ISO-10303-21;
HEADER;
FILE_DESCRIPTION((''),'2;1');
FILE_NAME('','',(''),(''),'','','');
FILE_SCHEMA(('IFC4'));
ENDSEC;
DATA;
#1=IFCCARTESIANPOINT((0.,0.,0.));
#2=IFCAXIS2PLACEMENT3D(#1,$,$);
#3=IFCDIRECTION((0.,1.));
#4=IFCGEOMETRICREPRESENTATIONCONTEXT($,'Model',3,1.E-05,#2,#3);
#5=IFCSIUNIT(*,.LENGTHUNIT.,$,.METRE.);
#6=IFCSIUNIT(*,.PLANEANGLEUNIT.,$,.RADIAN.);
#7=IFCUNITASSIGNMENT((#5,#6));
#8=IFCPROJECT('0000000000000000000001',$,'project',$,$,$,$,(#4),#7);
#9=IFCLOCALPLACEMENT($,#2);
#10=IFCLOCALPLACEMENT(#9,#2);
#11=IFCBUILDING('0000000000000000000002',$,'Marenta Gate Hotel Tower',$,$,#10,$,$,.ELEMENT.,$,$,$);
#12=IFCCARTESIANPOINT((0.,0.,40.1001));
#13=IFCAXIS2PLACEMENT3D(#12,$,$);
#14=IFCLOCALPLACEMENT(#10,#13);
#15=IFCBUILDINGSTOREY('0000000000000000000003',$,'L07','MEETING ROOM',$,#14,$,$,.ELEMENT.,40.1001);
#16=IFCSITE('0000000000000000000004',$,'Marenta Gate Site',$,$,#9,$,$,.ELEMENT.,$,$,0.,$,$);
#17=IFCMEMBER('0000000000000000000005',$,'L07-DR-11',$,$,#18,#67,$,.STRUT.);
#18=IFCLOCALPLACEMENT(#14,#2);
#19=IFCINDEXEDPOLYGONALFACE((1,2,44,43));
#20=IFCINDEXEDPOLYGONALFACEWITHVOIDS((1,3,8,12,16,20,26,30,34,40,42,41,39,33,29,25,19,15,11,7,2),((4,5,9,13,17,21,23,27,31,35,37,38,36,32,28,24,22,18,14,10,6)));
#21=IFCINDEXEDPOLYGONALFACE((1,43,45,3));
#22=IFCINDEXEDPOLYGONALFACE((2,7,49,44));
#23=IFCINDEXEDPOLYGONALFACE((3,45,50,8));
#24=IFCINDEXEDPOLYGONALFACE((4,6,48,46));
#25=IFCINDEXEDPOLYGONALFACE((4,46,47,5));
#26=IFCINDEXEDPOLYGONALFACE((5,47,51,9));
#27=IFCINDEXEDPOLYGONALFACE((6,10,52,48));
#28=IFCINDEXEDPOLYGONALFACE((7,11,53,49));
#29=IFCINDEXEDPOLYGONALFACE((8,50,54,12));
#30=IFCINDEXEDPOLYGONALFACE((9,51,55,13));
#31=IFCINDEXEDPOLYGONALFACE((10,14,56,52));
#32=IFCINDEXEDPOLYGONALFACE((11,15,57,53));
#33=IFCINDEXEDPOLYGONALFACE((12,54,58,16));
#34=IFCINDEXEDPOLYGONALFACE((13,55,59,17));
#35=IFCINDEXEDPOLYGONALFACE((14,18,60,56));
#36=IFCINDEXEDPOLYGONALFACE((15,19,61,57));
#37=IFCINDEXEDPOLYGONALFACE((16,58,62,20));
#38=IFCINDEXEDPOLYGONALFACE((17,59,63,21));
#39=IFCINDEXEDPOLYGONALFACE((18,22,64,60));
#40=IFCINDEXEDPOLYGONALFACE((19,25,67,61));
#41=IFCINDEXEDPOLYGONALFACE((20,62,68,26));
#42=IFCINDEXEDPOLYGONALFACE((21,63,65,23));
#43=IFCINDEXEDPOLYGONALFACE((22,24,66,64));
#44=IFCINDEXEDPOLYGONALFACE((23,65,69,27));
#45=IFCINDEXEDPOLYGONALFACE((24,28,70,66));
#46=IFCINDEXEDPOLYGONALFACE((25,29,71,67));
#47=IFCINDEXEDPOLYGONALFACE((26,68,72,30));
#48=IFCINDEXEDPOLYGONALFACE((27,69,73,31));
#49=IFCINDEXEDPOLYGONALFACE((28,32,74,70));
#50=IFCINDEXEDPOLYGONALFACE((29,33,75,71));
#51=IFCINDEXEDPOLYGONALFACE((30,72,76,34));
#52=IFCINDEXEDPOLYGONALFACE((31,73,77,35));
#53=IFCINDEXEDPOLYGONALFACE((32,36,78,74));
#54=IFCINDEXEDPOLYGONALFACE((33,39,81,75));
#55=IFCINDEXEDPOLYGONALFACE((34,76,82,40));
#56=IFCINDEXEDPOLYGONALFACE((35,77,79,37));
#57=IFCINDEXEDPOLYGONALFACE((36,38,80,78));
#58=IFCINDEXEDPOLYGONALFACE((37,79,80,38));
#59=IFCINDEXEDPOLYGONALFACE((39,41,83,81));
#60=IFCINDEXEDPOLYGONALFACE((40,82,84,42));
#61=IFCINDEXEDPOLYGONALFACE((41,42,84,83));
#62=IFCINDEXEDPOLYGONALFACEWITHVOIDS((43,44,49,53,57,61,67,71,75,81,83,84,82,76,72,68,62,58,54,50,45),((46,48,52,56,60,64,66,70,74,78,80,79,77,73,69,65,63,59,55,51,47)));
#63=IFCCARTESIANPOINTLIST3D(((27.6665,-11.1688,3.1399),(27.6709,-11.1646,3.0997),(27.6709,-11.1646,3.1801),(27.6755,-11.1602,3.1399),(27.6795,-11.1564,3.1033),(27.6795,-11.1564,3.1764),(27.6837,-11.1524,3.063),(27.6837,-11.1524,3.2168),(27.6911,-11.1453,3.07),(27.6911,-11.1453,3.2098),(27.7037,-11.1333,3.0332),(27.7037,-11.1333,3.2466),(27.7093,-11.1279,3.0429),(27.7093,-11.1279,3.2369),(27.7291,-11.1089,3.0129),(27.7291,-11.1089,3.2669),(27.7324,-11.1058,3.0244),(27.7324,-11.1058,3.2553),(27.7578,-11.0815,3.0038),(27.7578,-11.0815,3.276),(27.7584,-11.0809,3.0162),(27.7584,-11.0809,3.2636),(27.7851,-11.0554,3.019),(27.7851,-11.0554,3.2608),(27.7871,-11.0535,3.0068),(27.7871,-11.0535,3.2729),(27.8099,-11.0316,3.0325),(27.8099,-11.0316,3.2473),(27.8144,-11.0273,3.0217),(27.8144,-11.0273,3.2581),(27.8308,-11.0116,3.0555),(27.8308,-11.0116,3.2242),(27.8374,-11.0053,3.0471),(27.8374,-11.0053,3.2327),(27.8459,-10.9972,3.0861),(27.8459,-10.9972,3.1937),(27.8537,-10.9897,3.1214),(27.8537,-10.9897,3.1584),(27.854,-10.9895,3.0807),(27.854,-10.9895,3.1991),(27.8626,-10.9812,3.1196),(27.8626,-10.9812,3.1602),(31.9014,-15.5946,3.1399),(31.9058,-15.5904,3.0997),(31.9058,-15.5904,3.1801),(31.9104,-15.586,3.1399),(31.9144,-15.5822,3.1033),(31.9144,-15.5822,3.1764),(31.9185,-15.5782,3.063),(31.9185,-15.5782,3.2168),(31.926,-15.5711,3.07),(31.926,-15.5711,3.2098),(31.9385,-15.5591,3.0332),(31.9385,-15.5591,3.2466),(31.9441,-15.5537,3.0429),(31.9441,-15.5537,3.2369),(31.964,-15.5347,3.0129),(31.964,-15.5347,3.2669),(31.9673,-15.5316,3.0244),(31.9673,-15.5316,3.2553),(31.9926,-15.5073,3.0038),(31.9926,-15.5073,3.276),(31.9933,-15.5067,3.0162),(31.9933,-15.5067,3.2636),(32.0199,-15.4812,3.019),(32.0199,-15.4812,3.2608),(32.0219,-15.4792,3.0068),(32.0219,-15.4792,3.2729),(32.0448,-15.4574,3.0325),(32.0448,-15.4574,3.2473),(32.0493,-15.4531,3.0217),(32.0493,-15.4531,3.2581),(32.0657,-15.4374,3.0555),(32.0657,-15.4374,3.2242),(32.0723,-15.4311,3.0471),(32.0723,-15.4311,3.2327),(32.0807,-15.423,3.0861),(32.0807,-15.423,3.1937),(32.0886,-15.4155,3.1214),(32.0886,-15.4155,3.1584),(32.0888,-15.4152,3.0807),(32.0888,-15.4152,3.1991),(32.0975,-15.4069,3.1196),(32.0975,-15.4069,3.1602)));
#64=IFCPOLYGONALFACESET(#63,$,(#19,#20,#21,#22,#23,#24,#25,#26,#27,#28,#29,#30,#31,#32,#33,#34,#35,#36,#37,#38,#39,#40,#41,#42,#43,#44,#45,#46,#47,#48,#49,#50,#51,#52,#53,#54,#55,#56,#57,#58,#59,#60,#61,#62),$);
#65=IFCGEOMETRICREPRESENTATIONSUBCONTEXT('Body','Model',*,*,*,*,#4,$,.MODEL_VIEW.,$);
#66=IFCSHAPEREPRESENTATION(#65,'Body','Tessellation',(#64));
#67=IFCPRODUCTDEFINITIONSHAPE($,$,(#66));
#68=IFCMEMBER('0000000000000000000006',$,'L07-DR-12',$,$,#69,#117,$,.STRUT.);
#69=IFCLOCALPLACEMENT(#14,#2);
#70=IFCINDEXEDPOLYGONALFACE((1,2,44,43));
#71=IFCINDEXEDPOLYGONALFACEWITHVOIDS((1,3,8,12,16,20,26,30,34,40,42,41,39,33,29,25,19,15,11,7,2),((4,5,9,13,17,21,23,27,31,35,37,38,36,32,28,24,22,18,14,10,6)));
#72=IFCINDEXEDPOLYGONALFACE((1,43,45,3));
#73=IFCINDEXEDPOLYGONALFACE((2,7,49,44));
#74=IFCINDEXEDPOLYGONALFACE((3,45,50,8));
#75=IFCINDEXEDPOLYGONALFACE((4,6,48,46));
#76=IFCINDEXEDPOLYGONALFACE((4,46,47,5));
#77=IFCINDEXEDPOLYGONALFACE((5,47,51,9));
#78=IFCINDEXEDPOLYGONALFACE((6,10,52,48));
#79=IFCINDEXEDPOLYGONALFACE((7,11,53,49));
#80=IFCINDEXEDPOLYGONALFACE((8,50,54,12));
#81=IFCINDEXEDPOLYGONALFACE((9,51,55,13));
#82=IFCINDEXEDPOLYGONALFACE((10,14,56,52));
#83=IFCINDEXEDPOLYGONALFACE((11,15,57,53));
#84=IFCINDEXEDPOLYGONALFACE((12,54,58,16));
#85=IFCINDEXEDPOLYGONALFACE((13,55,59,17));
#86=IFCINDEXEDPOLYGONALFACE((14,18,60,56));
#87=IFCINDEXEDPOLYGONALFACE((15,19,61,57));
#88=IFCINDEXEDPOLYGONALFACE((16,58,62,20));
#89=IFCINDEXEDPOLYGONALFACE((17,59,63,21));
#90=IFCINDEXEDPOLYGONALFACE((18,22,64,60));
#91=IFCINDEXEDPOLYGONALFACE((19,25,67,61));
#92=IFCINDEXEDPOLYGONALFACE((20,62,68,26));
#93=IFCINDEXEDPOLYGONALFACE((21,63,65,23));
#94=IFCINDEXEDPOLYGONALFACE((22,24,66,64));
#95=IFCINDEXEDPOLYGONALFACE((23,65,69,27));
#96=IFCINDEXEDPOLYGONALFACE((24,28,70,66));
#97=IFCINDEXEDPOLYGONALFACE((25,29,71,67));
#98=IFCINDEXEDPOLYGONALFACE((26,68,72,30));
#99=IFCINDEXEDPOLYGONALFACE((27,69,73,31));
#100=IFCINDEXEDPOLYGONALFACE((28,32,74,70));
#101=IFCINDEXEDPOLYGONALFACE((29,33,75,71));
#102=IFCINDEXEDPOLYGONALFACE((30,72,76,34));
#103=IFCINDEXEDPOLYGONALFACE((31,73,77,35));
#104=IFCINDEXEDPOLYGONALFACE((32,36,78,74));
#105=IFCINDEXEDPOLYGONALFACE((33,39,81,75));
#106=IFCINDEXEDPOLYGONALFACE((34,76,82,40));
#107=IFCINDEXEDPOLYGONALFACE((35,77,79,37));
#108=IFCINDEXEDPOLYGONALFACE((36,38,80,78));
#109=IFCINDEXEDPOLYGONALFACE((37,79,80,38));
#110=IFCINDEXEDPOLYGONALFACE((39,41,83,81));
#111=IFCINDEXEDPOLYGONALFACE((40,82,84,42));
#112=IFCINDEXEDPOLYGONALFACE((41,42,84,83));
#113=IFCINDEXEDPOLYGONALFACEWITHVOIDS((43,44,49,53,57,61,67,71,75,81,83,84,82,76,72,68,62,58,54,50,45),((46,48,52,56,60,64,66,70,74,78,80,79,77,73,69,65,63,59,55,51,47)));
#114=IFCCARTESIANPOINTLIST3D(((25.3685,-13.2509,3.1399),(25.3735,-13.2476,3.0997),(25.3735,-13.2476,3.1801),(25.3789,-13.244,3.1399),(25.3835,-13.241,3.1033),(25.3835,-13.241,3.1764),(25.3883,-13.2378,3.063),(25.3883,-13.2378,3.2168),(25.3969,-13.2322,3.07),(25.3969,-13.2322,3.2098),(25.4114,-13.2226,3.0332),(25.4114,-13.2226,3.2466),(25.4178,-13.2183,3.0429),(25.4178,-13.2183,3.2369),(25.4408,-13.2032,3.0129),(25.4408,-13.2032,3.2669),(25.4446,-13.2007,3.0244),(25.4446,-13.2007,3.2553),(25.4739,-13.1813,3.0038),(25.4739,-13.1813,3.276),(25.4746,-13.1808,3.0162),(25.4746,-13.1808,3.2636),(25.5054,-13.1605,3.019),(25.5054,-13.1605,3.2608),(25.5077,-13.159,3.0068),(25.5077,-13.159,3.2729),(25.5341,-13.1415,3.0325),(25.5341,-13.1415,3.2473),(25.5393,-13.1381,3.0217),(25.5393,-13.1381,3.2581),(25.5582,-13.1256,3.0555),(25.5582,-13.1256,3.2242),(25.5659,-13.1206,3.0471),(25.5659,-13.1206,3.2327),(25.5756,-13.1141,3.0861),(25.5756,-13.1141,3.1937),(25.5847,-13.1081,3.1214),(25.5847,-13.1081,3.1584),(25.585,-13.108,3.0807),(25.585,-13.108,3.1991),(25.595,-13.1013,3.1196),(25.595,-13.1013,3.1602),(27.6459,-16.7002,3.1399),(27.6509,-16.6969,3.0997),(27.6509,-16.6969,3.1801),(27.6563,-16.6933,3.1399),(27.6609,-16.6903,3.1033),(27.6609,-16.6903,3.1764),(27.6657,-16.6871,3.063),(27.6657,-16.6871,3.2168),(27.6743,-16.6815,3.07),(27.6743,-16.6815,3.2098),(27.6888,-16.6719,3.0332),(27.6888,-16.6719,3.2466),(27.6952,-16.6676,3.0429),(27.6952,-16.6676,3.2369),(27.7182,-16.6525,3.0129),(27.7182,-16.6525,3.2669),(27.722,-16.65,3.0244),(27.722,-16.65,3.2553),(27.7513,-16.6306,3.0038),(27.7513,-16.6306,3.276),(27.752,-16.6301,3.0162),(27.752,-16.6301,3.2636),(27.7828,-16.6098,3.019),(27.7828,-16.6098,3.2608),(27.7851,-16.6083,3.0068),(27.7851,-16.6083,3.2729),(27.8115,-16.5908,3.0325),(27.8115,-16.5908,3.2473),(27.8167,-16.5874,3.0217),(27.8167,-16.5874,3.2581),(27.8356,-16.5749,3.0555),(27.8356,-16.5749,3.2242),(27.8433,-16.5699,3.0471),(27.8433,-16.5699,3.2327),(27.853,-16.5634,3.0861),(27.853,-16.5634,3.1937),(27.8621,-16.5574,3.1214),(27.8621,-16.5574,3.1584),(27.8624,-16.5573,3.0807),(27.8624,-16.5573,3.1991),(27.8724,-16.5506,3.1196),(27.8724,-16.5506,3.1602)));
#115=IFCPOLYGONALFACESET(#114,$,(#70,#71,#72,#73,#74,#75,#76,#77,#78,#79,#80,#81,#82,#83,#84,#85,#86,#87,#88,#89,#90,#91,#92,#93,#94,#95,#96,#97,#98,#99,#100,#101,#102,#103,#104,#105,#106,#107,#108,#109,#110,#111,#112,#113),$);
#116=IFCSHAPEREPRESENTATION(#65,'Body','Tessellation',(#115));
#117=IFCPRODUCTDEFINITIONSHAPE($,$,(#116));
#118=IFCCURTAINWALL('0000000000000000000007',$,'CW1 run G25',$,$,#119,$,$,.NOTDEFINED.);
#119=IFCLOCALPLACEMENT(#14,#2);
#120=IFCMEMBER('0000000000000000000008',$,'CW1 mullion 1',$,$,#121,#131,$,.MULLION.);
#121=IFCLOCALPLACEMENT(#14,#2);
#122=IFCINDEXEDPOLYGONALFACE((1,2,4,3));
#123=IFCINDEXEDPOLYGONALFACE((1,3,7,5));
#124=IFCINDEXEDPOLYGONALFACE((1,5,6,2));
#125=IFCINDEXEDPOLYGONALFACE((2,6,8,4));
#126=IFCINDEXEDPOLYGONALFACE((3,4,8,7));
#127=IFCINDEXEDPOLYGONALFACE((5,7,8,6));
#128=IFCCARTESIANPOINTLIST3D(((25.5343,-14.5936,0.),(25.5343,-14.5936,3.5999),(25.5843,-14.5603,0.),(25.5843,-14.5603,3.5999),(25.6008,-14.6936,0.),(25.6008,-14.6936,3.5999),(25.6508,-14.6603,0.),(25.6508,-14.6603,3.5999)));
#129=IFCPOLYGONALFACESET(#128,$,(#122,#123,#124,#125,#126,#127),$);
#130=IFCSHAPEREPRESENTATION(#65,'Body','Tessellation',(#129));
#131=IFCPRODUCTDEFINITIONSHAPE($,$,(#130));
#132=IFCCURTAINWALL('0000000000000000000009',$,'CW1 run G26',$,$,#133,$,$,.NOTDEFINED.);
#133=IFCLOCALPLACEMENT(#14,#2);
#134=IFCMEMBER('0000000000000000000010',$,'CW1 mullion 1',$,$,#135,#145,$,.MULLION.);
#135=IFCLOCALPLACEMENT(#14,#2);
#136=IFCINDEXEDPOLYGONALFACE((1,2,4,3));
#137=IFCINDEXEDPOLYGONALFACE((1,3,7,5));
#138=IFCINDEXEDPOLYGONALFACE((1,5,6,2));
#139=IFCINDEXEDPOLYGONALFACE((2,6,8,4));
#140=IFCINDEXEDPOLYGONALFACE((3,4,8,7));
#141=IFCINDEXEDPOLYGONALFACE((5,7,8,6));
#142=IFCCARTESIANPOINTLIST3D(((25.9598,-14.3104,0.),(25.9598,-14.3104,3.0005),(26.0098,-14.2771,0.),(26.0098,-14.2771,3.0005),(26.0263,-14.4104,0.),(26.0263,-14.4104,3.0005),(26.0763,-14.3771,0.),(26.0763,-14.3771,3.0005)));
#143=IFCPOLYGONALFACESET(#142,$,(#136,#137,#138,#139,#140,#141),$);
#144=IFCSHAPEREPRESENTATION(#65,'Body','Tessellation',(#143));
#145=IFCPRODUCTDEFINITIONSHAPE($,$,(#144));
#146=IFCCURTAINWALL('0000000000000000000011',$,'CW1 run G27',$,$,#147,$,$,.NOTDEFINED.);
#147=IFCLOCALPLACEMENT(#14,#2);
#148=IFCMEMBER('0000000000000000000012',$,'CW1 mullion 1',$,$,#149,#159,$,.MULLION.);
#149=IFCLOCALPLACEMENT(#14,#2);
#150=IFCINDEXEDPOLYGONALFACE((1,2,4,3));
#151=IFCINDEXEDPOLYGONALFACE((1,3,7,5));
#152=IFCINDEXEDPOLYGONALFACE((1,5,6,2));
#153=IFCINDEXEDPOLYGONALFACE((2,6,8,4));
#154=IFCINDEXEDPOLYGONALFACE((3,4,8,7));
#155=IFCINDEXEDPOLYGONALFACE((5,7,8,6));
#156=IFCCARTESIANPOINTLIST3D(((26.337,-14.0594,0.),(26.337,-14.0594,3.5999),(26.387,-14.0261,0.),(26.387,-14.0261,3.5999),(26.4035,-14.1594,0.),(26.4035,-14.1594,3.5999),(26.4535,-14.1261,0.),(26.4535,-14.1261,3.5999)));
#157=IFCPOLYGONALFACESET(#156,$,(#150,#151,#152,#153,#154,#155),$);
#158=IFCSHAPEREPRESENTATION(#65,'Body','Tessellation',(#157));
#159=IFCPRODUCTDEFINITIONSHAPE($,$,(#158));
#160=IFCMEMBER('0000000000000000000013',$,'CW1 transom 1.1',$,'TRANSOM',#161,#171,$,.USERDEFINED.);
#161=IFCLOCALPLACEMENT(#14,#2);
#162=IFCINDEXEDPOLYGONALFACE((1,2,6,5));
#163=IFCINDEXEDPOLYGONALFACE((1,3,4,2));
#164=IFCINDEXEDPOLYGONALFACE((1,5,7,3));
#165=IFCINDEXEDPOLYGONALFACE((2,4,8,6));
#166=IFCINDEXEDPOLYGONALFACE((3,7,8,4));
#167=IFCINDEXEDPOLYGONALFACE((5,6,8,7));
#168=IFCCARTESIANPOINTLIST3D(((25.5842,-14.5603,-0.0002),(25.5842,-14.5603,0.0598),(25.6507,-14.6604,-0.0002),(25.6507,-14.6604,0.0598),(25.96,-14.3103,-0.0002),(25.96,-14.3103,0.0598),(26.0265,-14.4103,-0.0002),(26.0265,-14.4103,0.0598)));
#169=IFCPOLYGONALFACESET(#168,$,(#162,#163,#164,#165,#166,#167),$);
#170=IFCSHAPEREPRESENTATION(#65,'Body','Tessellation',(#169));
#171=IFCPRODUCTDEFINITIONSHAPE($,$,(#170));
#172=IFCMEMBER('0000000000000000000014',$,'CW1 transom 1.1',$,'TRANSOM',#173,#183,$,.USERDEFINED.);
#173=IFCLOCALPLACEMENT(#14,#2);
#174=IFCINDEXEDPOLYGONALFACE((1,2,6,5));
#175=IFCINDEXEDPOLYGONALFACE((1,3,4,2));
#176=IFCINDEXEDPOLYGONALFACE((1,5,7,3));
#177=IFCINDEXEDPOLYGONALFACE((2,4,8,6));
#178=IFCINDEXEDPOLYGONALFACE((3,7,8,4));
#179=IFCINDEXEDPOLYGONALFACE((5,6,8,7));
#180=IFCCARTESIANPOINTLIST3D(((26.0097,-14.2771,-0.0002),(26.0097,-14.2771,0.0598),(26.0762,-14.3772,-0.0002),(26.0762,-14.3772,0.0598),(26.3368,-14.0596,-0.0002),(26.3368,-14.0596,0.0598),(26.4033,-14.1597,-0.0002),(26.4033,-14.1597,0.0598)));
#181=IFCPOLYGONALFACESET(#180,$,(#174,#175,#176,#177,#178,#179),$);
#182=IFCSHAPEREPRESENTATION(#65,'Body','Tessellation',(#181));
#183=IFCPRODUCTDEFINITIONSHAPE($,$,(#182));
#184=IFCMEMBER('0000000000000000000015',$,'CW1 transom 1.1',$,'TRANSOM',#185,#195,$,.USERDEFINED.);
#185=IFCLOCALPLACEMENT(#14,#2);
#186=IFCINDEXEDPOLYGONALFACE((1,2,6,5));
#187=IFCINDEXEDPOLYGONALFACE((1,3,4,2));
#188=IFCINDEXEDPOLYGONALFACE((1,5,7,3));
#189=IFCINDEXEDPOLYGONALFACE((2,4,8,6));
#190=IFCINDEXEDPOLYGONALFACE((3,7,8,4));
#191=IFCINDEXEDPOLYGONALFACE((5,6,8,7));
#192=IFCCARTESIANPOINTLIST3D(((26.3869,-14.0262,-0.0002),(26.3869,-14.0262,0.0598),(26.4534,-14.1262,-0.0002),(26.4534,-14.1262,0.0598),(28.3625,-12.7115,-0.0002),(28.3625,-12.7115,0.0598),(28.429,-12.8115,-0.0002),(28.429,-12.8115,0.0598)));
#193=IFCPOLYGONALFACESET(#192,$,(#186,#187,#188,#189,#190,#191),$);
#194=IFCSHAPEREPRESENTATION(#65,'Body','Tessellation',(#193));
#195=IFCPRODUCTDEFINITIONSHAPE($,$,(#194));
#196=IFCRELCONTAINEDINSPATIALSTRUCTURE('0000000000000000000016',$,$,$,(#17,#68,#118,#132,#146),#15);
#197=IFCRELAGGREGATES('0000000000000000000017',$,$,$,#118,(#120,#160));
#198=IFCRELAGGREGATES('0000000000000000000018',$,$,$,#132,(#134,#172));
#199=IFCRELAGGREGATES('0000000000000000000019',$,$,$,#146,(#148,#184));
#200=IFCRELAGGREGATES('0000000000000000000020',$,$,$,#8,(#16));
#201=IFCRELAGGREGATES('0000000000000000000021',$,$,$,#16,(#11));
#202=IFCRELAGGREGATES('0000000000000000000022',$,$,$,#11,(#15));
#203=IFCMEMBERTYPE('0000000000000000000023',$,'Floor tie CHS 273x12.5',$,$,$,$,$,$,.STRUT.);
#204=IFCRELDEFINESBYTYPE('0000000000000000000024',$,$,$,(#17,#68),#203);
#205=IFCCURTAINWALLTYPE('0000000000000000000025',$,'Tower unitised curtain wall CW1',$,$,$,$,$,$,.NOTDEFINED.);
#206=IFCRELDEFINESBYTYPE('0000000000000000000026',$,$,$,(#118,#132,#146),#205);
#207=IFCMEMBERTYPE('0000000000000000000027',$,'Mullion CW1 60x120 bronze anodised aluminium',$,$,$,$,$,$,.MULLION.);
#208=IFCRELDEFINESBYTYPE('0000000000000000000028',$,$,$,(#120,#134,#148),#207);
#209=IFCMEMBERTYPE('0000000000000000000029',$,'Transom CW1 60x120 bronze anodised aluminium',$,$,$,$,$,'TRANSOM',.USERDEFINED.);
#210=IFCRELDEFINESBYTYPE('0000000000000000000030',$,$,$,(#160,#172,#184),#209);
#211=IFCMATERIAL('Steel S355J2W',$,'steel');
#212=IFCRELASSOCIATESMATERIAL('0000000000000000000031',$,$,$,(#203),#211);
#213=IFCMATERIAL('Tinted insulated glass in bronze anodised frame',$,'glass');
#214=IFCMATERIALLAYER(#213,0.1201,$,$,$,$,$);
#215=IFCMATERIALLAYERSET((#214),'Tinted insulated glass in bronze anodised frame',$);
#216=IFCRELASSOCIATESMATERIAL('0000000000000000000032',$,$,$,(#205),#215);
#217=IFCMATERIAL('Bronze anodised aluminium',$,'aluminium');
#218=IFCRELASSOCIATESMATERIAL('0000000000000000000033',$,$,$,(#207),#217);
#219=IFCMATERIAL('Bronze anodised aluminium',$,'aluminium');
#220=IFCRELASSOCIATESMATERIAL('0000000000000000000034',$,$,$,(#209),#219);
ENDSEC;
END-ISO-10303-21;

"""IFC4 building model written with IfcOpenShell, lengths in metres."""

from ifc_helpers import new_model, si_unit, direction, frame, origin, origin_2d, place, context, subcontext, project, spatial, rectangle, hollow_circle, extrude, material, layer, layer_set, material_profile, profile_set, type_object, element, aggregate, save


model = new_model("IFC4")

# Units and contexts
model_context = context("Model", 3, precision=1e-05, world=origin(), true_north=direction((0.0, 1.0)))
body_context = subcontext(model_context, "Body", "Model", "MODEL_VIEW")
ifc_project = project(units=[si_unit("LENGTHUNIT", "METRE"), si_unit("PLANEANGLEUNIT", "RADIAN")], contexts=[model_context])

# Site, building, storey
site_placement = place(None, origin())
site = spatial("IfcSite", under=ifc_project, at=site_placement, Name="Marenta Gate Site", CompositionType="ELEMENT", RefElevation=0.0)
building_placement = place(site_placement, origin())
building = spatial("IfcBuilding", under=site, at=building_placement, Name="Marenta Gate Hotel Tower", CompositionType="ELEMENT")
storey_placement = place(building_placement, frame((0.0, 0.0, 40.1001)))
storey = spatial("IfcBuildingStorey", under=building, at=storey_placement, Name="L07", Description="MEETING ROOM", CompositionType="ELEMENT", Elevation=40.1001)

# Members
ifc_material_1 = material(Name="Steel S355J2W", Category="steel")
ifc_material_profile_1 = material_profile(ifc_material_1, hollow_circle(Radius=0.1365, WallThickness=0.0125, at=origin_2d()), Name="CHS 273x12.5")
ifc_profile_set_1 = profile_set([ifc_material_profile_1], Name="Steel S355J2W")
member_type_1 = type_object("IfcMemberType", Name="Floor tie CHS 273x12.5", PredefinedType="STRUT", material=ifc_profile_set_1)
member_1_placement = place(storey_placement, frame((32.0, -15.5002, 3.1399), z_axis=(-0.691351, 0.722519, 0.0), x_axis=(-0.722519, -0.691351, 0.0)))
element("IfcMember", 1, at=member_1_placement, inside=storey, type_object=member_type_1, Name="L07-DR-11", PredefinedType="STRUT", context=body_context, shape_type="SweptSolid", body=[
    extrude(hollow_circle(Radius=0.1365, WallThickness=0.0125, at=origin_2d()), origin(), (0.0, 0.0, 1.0), 6.1255),
])
member_2_placement = place(storey_placement, frame((27.7598, -16.625, 3.1399), z_axis=(-0.550987, 0.834514, 0.0), x_axis=(-0.834514, -0.550987, 0.0)))
element("IfcMember", 2, at=member_2_placement, inside=storey, type_object=member_type_1, Name="L07-DR-12", PredefinedType="STRUT", context=body_context, shape_type="SweptSolid", body=[
    extrude(hollow_circle(Radius=0.1365, WallThickness=0.0125, at=origin_2d()), origin(), (0.0, 0.0, 1.0), 4.1333),
])

# Curtain walls, members
ifc_material_2 = material(Name="Tinted insulated glass in bronze anodised frame", Category="glass")
ifc_layer_1 = layer(ifc_material_2, 0.1201)
ifc_layer_set_1 = layer_set([ifc_layer_1], Name="Tinted insulated glass in bronze anodised frame")
curtain_wall_type = type_object("IfcCurtainWallType", Name="Tower unitised curtain wall CW1", PredefinedType="NOTDEFINED", material=ifc_layer_set_1)
curtain_wall_1_placement = place(storey_placement, origin())
curtain_wall_1 = element("IfcCurtainWall", 3, at=curtain_wall_1_placement, inside=storey, type_object=curtain_wall_type, Name="CW1 run G25", PredefinedType="NOTDEFINED")
ifc_material_3 = material(Name="Bronze anodised aluminium", Category="aluminium")
ifc_material_profile_2 = material_profile(ifc_material_3, rectangle(XDim=0.1201, YDim=0.0601, at=origin_2d()), Name="Mullion CW1 60x120 bronze anodised aluminium")
ifc_profile_set_2 = profile_set([ifc_material_profile_2], Name="Bronze anodised aluminium")
member_type_2 = type_object("IfcMemberType", Name="Mullion CW1 60x120 bronze anodised aluminium", PredefinedType="MULLION", material=ifc_profile_set_2)
member_3_placement = place(storey_placement, frame((25.5925, -14.627, 0.0), z_axis=(0.0, 0.0, 1.0), x_axis=(-0.554068, 0.832471, 0.0)))
member_3 = element("IfcMember", 4, at=member_3_placement, type_object=member_type_2, Name="CW1 mullion 1", PredefinedType="MULLION", context=body_context, shape_type="SweptSolid", body=[
    extrude(rectangle(XDim=0.1201, YDim=0.0601, at=origin_2d()), origin(), (0.0, 0.0, 1.0), 3.5999),
])
curtain_wall_2_placement = place(storey_placement, origin())
curtain_wall_2 = element("IfcCurtainWall", 5, at=curtain_wall_2_placement, inside=storey, type_object=curtain_wall_type, Name="CW1 run G26", PredefinedType="NOTDEFINED")
member_4_placement = place(storey_placement, frame((26.0181, -14.3438, 0.0), z_axis=(0.0, 0.0, 1.0), x_axis=(-0.553936, 0.832559, 0.0)))
member_4 = element("IfcMember", 6, at=member_4_placement, type_object=member_type_2, Name="CW1 mullion 1", PredefinedType="MULLION", context=body_context, shape_type="SweptSolid", body=[
    extrude(rectangle(XDim=0.1201, YDim=0.0601, at=origin_2d()), origin(), (0.0, 0.0, 1.0), 3.0005),
])
curtain_wall_3_placement = place(storey_placement, origin())
curtain_wall_3 = element("IfcCurtainWall", 7, at=curtain_wall_3_placement, inside=storey, type_object=curtain_wall_type, Name="CW1 run G27", PredefinedType="NOTDEFINED")
member_5_placement = place(storey_placement, frame((26.3953, -14.0928, 0.0), z_axis=(0.0, 0.0, 1.0), x_axis=(-0.554046, 0.832486, 0.0)))
member_5 = element("IfcMember", 8, at=member_5_placement, type_object=member_type_2, Name="CW1 mullion 1", PredefinedType="MULLION", context=body_context, shape_type="SweptSolid", body=[
    extrude(rectangle(XDim=0.1201, YDim=0.0601, at=origin_2d()), origin(), (0.0, 0.0, 1.0), 3.5999),
])

# Members
ifc_material_4 = material(Name="Bronze anodised aluminium", Category="aluminium")
ifc_material_profile_3 = material_profile(ifc_material_4, rectangle(XDim=0.1201, YDim=0.0601, at=origin_2d()), Name="Transom CW1 60x120 bronze anodised aluminium")
ifc_profile_set_3 = profile_set([ifc_material_profile_3], Name="Bronze anodised aluminium")
member_type_3 = type_object("IfcMemberType", Name="Transom CW1 60x120 bronze anodised aluminium", ElementType="TRANSOM", PredefinedType="USERDEFINED", material=ifc_profile_set_3)
member_6_placement = place(storey_placement, frame((25.6174, -14.6104, 0.0298), z_axis=(0.832549, 0.553951, 0.0), x_axis=(-0.553951, 0.832549, 0.0)))
member_6 = element("IfcMember", 9, at=member_6_placement, type_object=member_type_3, Name="CW1 transom 1.1", ObjectType="TRANSOM", PredefinedType="USERDEFINED", context=body_context, shape_type="SweptSolid", body=[
    extrude(rectangle(XDim=0.1201, YDim=0.0601, at=origin_2d()), origin(), (0.0, 0.0, 1.0), 0.4514),
])
member_7_placement = place(storey_placement, frame((26.043, -14.3271, 0.0298), z_axis=(0.832719, 0.553696, 0.0), x_axis=(-0.553696, 0.832719, 0.0)))
member_7 = element("IfcMember", 10, at=member_7_placement, type_object=member_type_3, Name="CW1 transom 1.1", ObjectType="TRANSOM", PredefinedType="USERDEFINED", context=body_context, shape_type="SweptSolid", body=[
    extrude(rectangle(XDim=0.1201, YDim=0.0601, at=origin_2d()), origin(), (0.0, 0.0, 1.0), 0.3928),
])
member_8_placement = place(storey_placement, frame((26.4202, -14.0762, 0.0298), z_axis=(0.832509, 0.554011, 0.0), x_axis=(-0.554011, 0.832509, 0.0)))
member_8 = element("IfcMember", 11, at=member_8_placement, type_object=member_type_3, Name="CW1 transom 1.1", ObjectType="TRANSOM", PredefinedType="USERDEFINED", context=body_context, shape_type="SweptSolid", body=[
    extrude(rectangle(XDim=0.1201, YDim=0.0601, at=origin_2d()), origin(), (0.0, 0.0, 1.0), 2.373),
])

aggregate(curtain_wall_1, [member_3, member_6])
aggregate(curtain_wall_2, [member_4, member_7])
aggregate(curtain_wall_3, [member_5, member_8])

save(model, "model.ifc")
